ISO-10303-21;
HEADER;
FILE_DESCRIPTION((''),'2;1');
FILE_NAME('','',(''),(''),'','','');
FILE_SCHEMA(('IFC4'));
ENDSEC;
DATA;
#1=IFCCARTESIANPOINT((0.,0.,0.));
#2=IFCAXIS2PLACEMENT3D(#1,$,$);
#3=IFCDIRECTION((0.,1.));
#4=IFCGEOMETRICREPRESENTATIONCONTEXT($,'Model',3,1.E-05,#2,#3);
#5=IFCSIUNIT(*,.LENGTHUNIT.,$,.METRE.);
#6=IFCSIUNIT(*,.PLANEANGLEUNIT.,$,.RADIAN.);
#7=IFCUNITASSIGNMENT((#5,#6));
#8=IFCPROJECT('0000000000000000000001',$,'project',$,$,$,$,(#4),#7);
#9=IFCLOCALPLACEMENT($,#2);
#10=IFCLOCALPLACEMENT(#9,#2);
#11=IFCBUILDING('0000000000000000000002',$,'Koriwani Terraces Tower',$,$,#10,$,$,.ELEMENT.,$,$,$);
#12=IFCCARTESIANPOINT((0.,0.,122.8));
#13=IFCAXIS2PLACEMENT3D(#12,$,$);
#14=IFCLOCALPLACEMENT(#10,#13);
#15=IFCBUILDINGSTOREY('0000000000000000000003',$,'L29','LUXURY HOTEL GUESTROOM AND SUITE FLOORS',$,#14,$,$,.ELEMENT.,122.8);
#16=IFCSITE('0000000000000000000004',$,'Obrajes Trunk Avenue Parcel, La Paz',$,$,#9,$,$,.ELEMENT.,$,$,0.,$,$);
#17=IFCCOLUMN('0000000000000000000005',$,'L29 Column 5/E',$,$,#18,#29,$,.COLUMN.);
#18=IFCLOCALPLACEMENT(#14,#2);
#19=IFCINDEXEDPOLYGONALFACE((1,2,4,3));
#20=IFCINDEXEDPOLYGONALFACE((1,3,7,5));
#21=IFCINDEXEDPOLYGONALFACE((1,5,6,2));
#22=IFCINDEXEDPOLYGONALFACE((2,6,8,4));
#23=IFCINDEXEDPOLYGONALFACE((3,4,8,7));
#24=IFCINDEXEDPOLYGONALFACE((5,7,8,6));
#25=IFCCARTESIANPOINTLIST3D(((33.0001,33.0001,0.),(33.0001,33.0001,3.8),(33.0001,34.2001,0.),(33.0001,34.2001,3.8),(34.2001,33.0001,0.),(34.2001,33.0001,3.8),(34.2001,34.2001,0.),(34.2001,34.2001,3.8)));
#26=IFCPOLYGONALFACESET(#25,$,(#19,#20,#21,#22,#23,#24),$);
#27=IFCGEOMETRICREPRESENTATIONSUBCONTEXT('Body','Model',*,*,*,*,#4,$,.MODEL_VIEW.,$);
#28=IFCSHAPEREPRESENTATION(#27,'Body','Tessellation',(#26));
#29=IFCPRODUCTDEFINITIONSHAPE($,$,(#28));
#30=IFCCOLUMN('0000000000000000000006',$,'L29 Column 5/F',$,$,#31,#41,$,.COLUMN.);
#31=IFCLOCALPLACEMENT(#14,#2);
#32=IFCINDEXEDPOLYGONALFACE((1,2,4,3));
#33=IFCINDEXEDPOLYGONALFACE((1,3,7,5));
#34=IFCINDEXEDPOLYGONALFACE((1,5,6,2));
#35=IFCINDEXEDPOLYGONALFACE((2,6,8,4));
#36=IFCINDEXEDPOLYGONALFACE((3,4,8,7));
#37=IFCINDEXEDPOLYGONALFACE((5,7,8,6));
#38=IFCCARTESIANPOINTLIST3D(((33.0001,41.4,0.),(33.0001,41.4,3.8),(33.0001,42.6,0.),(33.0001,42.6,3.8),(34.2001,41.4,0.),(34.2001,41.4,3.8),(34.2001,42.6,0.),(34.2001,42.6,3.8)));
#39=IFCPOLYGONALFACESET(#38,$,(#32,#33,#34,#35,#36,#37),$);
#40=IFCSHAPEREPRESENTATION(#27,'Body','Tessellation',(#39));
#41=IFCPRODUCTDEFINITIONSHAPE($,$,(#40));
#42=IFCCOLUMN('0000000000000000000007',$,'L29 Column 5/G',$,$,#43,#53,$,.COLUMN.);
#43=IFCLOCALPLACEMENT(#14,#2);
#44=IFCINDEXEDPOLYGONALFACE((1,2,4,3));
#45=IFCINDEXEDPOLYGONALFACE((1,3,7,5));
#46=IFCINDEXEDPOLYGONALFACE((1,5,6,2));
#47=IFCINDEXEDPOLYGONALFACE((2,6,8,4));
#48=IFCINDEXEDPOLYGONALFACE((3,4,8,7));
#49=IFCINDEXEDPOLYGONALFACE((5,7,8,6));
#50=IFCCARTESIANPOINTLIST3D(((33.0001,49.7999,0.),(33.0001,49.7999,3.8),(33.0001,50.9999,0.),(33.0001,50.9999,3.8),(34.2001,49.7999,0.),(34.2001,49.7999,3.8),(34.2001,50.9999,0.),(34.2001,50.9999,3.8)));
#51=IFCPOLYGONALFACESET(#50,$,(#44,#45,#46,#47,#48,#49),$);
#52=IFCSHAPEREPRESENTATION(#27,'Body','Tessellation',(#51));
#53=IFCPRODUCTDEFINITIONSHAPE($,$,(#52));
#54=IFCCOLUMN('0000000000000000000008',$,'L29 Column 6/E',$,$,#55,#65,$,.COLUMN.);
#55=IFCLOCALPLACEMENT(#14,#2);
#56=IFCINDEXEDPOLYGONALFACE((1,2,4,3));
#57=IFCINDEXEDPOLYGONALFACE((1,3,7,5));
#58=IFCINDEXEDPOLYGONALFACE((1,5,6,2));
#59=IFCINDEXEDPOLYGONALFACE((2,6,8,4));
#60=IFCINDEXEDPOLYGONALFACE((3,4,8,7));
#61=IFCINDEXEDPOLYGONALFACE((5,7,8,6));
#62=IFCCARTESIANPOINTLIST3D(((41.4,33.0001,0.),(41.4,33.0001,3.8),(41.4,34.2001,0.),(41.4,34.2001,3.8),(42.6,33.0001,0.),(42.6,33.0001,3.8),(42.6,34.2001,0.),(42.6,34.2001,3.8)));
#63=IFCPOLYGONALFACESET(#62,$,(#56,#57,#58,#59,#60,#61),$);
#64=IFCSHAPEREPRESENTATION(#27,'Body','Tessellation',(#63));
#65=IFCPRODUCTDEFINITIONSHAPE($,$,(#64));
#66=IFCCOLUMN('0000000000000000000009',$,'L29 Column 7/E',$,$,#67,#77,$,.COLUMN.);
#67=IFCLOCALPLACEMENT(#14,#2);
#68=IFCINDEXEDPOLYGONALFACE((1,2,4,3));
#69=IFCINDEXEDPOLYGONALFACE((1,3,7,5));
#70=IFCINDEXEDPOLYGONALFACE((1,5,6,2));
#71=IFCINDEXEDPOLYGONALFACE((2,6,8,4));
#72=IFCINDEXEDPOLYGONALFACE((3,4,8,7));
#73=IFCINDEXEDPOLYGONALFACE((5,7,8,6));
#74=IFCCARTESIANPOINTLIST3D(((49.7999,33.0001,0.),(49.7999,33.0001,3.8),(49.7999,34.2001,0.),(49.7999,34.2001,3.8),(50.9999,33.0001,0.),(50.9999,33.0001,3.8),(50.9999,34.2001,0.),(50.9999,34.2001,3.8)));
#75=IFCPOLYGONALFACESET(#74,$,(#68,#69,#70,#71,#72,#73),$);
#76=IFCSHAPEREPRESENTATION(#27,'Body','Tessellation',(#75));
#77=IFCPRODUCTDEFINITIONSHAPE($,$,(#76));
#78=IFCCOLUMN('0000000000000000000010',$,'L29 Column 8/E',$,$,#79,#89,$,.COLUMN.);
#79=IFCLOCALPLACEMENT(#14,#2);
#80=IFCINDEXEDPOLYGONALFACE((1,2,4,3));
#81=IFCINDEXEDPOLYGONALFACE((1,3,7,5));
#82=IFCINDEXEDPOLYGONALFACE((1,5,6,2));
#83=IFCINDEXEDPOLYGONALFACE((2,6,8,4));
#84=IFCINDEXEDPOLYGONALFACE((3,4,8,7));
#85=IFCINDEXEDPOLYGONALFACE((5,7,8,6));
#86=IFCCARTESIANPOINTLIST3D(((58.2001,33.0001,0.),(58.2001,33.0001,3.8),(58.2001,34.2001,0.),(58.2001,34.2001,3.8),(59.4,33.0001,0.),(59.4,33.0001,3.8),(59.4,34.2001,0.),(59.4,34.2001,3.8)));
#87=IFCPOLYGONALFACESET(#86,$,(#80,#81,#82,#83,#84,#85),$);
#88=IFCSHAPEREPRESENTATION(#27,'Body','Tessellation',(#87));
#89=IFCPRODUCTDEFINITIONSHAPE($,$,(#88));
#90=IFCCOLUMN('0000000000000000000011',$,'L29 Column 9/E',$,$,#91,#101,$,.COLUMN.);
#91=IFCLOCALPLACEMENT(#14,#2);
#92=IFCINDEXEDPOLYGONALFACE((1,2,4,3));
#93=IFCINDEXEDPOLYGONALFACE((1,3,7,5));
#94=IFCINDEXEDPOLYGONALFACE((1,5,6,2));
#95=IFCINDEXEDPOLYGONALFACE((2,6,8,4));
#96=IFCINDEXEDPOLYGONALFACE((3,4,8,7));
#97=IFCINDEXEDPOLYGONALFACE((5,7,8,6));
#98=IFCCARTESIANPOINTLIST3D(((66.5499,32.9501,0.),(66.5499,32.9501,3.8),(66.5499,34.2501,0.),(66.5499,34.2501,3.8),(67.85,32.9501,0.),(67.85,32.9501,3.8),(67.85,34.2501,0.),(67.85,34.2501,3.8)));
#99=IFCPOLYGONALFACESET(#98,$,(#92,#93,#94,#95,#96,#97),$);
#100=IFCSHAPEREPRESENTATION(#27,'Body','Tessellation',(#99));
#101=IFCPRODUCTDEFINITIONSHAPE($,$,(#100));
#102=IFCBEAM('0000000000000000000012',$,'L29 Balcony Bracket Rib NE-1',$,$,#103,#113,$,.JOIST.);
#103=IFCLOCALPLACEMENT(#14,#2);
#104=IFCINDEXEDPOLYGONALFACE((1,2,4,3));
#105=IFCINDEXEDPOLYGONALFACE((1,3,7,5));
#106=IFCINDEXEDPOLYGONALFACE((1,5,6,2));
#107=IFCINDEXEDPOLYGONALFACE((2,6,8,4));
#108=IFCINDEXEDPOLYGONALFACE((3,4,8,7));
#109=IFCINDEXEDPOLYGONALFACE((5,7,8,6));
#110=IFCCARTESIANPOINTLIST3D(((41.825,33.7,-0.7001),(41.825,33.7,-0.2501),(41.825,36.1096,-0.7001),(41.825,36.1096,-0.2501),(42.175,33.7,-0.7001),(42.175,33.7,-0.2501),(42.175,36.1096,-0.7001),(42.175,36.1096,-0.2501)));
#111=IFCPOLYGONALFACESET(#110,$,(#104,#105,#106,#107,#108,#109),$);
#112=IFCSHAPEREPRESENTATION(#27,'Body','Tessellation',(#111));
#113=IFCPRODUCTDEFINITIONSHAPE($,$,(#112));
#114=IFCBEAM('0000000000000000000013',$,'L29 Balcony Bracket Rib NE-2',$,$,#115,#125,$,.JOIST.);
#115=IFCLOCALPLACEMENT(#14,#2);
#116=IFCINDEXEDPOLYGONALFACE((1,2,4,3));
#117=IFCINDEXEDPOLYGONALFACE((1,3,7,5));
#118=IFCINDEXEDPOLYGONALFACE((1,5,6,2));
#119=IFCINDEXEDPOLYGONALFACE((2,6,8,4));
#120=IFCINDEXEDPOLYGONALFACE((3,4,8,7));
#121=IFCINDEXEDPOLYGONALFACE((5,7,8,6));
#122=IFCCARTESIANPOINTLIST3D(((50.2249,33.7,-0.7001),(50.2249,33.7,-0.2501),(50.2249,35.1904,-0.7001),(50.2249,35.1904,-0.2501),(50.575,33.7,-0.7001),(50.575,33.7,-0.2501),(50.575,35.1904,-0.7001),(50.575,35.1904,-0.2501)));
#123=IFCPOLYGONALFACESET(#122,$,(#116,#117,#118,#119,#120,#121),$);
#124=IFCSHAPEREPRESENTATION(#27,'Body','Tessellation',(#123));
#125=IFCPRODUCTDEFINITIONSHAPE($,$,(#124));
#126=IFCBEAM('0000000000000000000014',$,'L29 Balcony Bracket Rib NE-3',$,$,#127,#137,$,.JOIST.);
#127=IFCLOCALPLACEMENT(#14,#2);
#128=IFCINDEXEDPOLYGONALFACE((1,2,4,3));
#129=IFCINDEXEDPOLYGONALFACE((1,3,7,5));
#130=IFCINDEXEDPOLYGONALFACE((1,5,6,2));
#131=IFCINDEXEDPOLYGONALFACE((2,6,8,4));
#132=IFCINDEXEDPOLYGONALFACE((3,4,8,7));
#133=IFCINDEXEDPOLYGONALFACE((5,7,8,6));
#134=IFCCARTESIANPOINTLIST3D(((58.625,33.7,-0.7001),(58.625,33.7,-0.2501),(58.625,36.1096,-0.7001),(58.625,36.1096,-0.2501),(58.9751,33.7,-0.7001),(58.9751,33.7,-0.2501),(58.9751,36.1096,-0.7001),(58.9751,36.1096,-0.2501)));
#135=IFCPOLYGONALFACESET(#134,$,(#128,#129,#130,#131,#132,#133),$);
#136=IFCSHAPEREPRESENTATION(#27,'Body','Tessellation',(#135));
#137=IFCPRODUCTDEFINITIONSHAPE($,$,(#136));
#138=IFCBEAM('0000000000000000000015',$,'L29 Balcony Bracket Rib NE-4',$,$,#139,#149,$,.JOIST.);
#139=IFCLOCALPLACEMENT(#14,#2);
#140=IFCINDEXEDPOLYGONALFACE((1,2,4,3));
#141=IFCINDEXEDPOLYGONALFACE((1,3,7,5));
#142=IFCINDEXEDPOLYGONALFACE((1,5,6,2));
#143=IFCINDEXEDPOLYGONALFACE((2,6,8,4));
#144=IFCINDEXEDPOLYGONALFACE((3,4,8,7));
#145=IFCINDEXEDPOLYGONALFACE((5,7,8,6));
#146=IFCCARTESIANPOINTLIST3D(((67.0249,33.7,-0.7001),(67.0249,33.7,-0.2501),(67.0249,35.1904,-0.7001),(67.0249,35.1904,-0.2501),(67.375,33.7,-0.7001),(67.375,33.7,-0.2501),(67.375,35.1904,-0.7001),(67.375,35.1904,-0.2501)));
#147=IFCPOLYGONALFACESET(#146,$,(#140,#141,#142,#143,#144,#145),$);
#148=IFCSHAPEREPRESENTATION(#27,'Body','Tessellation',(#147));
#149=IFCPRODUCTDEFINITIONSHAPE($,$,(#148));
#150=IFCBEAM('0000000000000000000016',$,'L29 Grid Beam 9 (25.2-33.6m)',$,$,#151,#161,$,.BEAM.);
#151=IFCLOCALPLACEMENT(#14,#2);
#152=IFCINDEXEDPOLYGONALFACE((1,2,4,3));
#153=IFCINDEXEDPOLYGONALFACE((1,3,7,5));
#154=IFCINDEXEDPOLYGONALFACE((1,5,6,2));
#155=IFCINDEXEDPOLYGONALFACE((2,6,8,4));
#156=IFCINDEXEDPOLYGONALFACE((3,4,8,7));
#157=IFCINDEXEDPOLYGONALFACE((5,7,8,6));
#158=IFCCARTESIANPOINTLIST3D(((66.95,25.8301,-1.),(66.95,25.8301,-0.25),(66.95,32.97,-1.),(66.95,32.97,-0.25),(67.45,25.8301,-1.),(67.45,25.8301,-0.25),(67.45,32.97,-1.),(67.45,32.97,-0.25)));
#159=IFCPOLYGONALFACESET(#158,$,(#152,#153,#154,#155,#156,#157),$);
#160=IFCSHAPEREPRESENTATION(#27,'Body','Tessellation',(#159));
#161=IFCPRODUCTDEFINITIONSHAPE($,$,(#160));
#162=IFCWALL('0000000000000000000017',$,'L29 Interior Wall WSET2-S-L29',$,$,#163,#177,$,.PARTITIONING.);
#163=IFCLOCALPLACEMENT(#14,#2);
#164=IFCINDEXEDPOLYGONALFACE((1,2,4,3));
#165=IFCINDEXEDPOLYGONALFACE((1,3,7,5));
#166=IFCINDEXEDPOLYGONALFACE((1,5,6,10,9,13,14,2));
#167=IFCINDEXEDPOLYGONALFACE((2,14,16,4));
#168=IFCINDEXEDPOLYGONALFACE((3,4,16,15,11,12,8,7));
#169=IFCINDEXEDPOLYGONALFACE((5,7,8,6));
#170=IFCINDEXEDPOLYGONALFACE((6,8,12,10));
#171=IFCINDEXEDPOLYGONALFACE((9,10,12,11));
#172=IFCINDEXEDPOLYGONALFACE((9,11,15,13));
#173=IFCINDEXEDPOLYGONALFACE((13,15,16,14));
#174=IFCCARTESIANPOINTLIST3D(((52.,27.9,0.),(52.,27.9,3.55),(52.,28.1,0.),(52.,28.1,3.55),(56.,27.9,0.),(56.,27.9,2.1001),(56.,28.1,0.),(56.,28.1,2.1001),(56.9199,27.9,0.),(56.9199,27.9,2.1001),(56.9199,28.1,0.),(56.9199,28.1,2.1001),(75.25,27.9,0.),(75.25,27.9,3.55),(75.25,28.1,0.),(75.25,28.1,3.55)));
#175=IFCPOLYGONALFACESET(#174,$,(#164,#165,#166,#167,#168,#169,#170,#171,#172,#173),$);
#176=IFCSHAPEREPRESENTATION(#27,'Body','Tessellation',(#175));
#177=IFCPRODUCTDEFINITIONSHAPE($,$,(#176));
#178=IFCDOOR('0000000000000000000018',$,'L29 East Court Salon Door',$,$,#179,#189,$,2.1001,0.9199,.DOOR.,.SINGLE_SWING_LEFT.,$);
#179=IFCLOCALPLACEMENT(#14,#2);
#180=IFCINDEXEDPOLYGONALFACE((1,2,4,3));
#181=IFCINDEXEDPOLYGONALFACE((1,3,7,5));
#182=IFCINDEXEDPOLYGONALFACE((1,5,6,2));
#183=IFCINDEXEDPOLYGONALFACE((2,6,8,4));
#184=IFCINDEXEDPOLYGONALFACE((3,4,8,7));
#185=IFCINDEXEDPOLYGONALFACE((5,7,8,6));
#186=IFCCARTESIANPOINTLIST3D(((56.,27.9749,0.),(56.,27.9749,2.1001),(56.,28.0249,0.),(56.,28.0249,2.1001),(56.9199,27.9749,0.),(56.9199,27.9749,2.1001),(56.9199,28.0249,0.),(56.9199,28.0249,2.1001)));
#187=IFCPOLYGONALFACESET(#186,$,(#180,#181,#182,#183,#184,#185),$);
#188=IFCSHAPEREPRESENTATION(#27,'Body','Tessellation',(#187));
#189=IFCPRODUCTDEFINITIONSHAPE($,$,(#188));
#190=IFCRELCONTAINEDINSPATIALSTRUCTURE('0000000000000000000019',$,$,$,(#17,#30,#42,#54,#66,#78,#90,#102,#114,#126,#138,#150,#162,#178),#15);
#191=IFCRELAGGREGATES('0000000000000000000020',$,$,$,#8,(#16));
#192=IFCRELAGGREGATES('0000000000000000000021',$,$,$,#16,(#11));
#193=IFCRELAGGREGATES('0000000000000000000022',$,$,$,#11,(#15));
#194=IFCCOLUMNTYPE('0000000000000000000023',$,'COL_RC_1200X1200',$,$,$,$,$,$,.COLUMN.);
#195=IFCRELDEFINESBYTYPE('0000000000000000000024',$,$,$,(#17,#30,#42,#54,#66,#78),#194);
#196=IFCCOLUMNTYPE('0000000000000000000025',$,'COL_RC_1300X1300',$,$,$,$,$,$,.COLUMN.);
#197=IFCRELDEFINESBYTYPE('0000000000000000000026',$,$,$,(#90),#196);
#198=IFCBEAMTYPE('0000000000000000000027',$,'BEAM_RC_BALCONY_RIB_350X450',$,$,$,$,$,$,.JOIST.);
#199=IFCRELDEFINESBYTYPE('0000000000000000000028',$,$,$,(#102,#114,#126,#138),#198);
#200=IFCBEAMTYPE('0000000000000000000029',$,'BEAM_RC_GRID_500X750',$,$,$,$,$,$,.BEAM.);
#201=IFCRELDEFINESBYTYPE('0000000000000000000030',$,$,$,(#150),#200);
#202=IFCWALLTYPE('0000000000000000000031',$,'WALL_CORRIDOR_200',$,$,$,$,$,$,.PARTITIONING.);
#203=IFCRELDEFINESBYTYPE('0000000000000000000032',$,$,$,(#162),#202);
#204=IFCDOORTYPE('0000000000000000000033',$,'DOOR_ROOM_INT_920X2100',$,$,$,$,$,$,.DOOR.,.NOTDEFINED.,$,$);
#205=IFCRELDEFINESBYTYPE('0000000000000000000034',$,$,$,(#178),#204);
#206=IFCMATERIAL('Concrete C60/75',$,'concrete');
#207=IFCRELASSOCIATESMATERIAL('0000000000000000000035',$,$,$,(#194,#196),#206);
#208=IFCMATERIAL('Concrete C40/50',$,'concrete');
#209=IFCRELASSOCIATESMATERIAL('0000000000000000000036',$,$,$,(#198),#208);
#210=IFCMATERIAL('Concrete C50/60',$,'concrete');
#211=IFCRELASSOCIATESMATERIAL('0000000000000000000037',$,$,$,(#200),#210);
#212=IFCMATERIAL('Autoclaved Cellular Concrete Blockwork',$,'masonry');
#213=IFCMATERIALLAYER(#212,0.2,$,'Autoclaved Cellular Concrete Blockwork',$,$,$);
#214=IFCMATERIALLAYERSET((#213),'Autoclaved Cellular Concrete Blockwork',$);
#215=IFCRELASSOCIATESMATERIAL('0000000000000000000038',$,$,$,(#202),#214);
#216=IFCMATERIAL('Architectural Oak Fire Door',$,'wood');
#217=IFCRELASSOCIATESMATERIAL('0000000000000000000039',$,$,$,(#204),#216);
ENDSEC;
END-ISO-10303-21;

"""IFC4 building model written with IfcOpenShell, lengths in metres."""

from ifc_helpers import new_model, si_unit, direction, frame, frame_2d, origin, origin_2d, place, context, subcontext, project, spatial, rectangle, extrude, material, layer, layer_set, material_profile, profile_set, type_object, element, fill, save


model = new_model("IFC4")

# Units and contexts
model_context = context("Model", 3, precision=1e-05, world=origin(), true_north=direction((0.0, 1.0)))
body_context = subcontext(model_context, "Body", "Model", "MODEL_VIEW")
ifc_project = project(units=[si_unit("LENGTHUNIT", "METRE"), si_unit("PLANEANGLEUNIT", "RADIAN")], contexts=[model_context])

# Site, building, storey
site_placement = place(None, origin())
site = spatial("IfcSite", under=ifc_project, at=site_placement, Name="Obrajes Trunk Avenue Parcel, La Paz", CompositionType="ELEMENT", RefElevation=0.0)
building_placement = place(site_placement, origin())
building = spatial("IfcBuilding", under=site, at=building_placement, Name="Koriwani Terraces Tower", CompositionType="ELEMENT")
storey_placement = place(building_placement, frame((0.0, 0.0, 122.8)))
storey = spatial("IfcBuildingStorey", under=building, at=storey_placement, Name="L29", Description="LUXURY HOTEL GUESTROOM AND SUITE FLOORS", CompositionType="ELEMENT", Elevation=122.8)

# Columns
ifc_material_1 = material(Name="Concrete C60/75", Category="concrete")
ifc_material_profile_1 = material_profile(ifc_material_1, rectangle(XDim=1.2, YDim=1.2, at=origin_2d()), Name="Concrete C60/75", Category="LoadBearing")
ifc_profile_set_1 = profile_set([ifc_material_profile_1], Name="Concrete C60/75")
column_type_1 = type_object("IfcColumnType", Name="COL_RC_1200X1200", PredefinedType="COLUMN", material=ifc_profile_set_1)
for number, where, z_axis, x_axis, name in (
    (1, (33.6001, 33.6001, 0.0), (0.0, 0.0, 1.0), (1.0, 0.0, 0.0), "L29 Column 5/E"),
    (2, (33.6001, 42.0, 0.0), (0.0, 0.0, 1.0), (1.0, 0.0, 0.0), "L29 Column 5/F"),
    (3, (33.6001, 50.3999, 0.0), (0.0, 0.0, 1.0), (1.0, 0.0, 0.0), "L29 Column 5/G"),
    (4, (42.0, 33.6001, 0.0), (0.0, 0.0, 1.0), (1.0, 0.0, 0.0), "L29 Column 6/E"),
    (5, (50.3999, 33.6001, 0.0), (0.0, 0.0, 1.0), (1.0, 0.0, 0.0), "L29 Column 7/E"),
    (6, (58.8, 33.6001, 0.0), (0.0, 0.0, 1.0), (1.0, 0.0, 0.0), "L29 Column 8/E"),
):
    element("IfcColumn", number, at=place(storey_placement, frame(where, z_axis=z_axis, x_axis=x_axis)), inside=storey, type_object=column_type_1, Name=name, PredefinedType="COLUMN", context=body_context, shape_type="SweptSolid", body=[
        extrude(rectangle(XDim=1.2, YDim=1.2, at=origin_2d()), origin(), (0.0, 0.0, 1.0), 3.8),
    ])
ifc_material_profile_2 = material_profile(ifc_material_1, rectangle(XDim=1.3, YDim=1.3, at=origin_2d()), Name="Concrete C60/75", Category="LoadBearing")
ifc_profile_set_2 = profile_set([ifc_material_profile_2], Name="Concrete C60/75")
column_type_2 = type_object("IfcColumnType", Name="COL_RC_1300X1300", PredefinedType="COLUMN", material=ifc_profile_set_2)
column_placement = place(storey_placement, frame((67.2, 33.6001, 0.0), z_axis=(0.0, 0.0, 1.0), x_axis=(1.0, 0.0, 0.0)))
element("IfcColumn", 7, at=column_placement, inside=storey, type_object=column_type_2, Name="L29 Column 9/E", PredefinedType="COLUMN", context=body_context, shape_type="SweptSolid", body=[
    extrude(rectangle(XDim=1.3, YDim=1.3, at=origin_2d()), origin(), (0.0, 0.0, 1.0), 3.8),
])

# Beams
ifc_material_2 = material(Name="Concrete C40/50", Category="concrete")
ifc_material_profile_3 = material_profile(ifc_material_2, rectangle(XDim=0.3501, YDim=0.45, at=origin_2d()), Name="Concrete C40/50", Category="LoadBearing")
ifc_profile_set_3 = profile_set([ifc_material_profile_3], Name="Concrete C40/50")
beam_type_1 = type_object("IfcBeamType", Name="BEAM_RC_BALCONY_RIB_350X450", PredefinedType="JOIST", material=ifc_profile_set_3)
beam_1_placement = place(storey_placement, frame((42.0, 33.7, -0.4751), z_axis=(0.0, 1.0, 0.0), x_axis=(-1.0, 0.0, 0.0)))
element("IfcBeam", 8, at=beam_1_placement, inside=storey, type_object=beam_type_1, Name="L29 Balcony Bracket Rib NE-1", PredefinedType="JOIST", context=body_context, shape_type="SweptSolid", body=[
    extrude(rectangle(XDim=0.3501, YDim=0.45, at=origin_2d()), origin(), (0.0, 0.0, 1.0), 2.4097),
])
beam_2_placement = place(storey_placement, frame((50.3999, 33.7, -0.4751), z_axis=(0.0, 1.0, 0.0), x_axis=(-1.0, 0.0, 0.0)))
element("IfcBeam", 9, at=beam_2_placement, inside=storey, type_object=beam_type_1, Name="L29 Balcony Bracket Rib NE-2", PredefinedType="JOIST", context=body_context, shape_type="SweptSolid", body=[
    extrude(rectangle(XDim=0.3501, YDim=0.45, at=origin_2d()), origin(), (0.0, 0.0, 1.0), 1.4905),
])
beam_3_placement = place(storey_placement, frame((58.8, 33.7, -0.4751), z_axis=(0.0, 1.0, 0.0), x_axis=(-1.0, 0.0, 0.0)))
element("IfcBeam", 10, at=beam_3_placement, inside=storey, type_object=beam_type_1, Name="L29 Balcony Bracket Rib NE-3", PredefinedType="JOIST", context=body_context, shape_type="SweptSolid", body=[
    extrude(rectangle(XDim=0.3501, YDim=0.45, at=origin_2d()), origin(), (0.0, 0.0, 1.0), 2.4097),
])
beam_4_placement = place(storey_placement, frame((67.2, 33.7, -0.4751), z_axis=(0.0, 1.0, 0.0), x_axis=(-1.0, 0.0, 0.0)))
element("IfcBeam", 11, at=beam_4_placement, inside=storey, type_object=beam_type_1, Name="L29 Balcony Bracket Rib NE-4", PredefinedType="JOIST", context=body_context, shape_type="SweptSolid", body=[
    extrude(rectangle(XDim=0.3501, YDim=0.45, at=origin_2d()), origin(), (0.0, 0.0, 1.0), 1.4905),
])
ifc_material_3 = material(Name="Concrete C50/60", Category="concrete")
ifc_material_profile_4 = material_profile(ifc_material_3, rectangle(XDim=0.5, YDim=0.75, at=origin_2d()), Name="Concrete C50/60", Category="LoadBearing")
ifc_profile_set_4 = profile_set([ifc_material_profile_4], Name="Concrete C50/60")
beam_type_2 = type_object("IfcBeamType", Name="BEAM_RC_GRID_500X750", PredefinedType="BEAM", material=ifc_profile_set_4)
beam_5_placement = place(storey_placement, frame((67.2, 25.8301, -0.625), z_axis=(0.0, 1.0, 0.0), x_axis=(-1.0, 0.0, 0.0)))
element("IfcBeam", 12, at=beam_5_placement, inside=storey, type_object=beam_type_2, Name="L29 Grid Beam 9 (25.2-33.6m)", PredefinedType="BEAM", context=body_context, shape_type="SweptSolid", body=[
    extrude(rectangle(XDim=0.5, YDim=0.75, at=origin_2d()), origin(), (0.0, 0.0, 1.0), 7.1399),
])

# Wall, opening, door
ifc_material_4 = material(Name="Autoclaved Cellular Concrete Blockwork", Category="masonry")
ifc_layer_1 = layer(ifc_material_4, 0.2, Name="Autoclaved Cellular Concrete Blockwork")
ifc_layer_set_1 = layer_set([ifc_layer_1], Name="Autoclaved Cellular Concrete Blockwork")
wall_type_1 = type_object("IfcWallType", Name="WALL_CORRIDOR_200", PredefinedType="PARTITIONING", material=ifc_layer_set_1)
wall_1_placement = place(storey_placement, frame((52.0, 28.0, 0.0), z_axis=(0.0, 0.0, 1.0), x_axis=(1.0, 0.0, 0.0)))
wall_1 = element("IfcWall", 13, at=wall_1_placement, inside=storey, type_object=wall_type_1, Name="L29 Interior Wall WSET2-S-L29", PredefinedType="PARTITIONING", context=body_context, shape_type="SweptSolid", body=[
    extrude(rectangle(XDim=23.25, YDim=0.2, at=frame_2d((11.625, 0.0))), origin(), (0.0, 0.0, 1.0), 3.55),
])
opening_1_placement = place(wall_1_placement, frame((4.0, 0.0, 0.0)))
opening_1 = element("IfcOpeningElement", 14, at=opening_1_placement, cuts=wall_1, PredefinedType="OPENING", context=body_context, shape_type="SweptSolid", body=[
    extrude(rectangle(XDim=0.9199, YDim=2.1001, at=frame_2d((0.46, 1.05))), frame((0.0, 0.1099, 0.0), z_axis=(0.0, -1.0, 0.0), x_axis=(1.0, 0.0, 0.0)), (0.0, 0.0, 1.0), 0.22),
])
ifc_material_5 = material(Name="Architectural Oak Fire Door", Category="wood")
door_type_1 = type_object("IfcDoorType", Name="DOOR_ROOM_INT_920X2100", OperationType="NOTDEFINED", PredefinedType="DOOR", material=ifc_material_5)
door_1_placement = place(opening_1_placement, origin())
door_1 = element("IfcDoor", 15, at=door_1_placement, inside=storey, type_object=door_type_1, Name="L29 East Court Salon Door", OperationType="SINGLE_SWING_LEFT", OverallHeight=2.1001, OverallWidth=0.9199, PredefinedType="DOOR", context=body_context, shape_type="SweptSolid", body=[
    extrude(rectangle(XDim=0.9199, YDim=2.1001, at=frame_2d((0.46, 1.05))), frame((0.0, 0.0249, 0.0), z_axis=(0.0, -1.0, 0.0), x_axis=(1.0, 0.0, 0.0)), (0.0, 0.0, 1.0), 0.05),
])
fill(opening_1, door_1)

save(model, "model.ifc")
